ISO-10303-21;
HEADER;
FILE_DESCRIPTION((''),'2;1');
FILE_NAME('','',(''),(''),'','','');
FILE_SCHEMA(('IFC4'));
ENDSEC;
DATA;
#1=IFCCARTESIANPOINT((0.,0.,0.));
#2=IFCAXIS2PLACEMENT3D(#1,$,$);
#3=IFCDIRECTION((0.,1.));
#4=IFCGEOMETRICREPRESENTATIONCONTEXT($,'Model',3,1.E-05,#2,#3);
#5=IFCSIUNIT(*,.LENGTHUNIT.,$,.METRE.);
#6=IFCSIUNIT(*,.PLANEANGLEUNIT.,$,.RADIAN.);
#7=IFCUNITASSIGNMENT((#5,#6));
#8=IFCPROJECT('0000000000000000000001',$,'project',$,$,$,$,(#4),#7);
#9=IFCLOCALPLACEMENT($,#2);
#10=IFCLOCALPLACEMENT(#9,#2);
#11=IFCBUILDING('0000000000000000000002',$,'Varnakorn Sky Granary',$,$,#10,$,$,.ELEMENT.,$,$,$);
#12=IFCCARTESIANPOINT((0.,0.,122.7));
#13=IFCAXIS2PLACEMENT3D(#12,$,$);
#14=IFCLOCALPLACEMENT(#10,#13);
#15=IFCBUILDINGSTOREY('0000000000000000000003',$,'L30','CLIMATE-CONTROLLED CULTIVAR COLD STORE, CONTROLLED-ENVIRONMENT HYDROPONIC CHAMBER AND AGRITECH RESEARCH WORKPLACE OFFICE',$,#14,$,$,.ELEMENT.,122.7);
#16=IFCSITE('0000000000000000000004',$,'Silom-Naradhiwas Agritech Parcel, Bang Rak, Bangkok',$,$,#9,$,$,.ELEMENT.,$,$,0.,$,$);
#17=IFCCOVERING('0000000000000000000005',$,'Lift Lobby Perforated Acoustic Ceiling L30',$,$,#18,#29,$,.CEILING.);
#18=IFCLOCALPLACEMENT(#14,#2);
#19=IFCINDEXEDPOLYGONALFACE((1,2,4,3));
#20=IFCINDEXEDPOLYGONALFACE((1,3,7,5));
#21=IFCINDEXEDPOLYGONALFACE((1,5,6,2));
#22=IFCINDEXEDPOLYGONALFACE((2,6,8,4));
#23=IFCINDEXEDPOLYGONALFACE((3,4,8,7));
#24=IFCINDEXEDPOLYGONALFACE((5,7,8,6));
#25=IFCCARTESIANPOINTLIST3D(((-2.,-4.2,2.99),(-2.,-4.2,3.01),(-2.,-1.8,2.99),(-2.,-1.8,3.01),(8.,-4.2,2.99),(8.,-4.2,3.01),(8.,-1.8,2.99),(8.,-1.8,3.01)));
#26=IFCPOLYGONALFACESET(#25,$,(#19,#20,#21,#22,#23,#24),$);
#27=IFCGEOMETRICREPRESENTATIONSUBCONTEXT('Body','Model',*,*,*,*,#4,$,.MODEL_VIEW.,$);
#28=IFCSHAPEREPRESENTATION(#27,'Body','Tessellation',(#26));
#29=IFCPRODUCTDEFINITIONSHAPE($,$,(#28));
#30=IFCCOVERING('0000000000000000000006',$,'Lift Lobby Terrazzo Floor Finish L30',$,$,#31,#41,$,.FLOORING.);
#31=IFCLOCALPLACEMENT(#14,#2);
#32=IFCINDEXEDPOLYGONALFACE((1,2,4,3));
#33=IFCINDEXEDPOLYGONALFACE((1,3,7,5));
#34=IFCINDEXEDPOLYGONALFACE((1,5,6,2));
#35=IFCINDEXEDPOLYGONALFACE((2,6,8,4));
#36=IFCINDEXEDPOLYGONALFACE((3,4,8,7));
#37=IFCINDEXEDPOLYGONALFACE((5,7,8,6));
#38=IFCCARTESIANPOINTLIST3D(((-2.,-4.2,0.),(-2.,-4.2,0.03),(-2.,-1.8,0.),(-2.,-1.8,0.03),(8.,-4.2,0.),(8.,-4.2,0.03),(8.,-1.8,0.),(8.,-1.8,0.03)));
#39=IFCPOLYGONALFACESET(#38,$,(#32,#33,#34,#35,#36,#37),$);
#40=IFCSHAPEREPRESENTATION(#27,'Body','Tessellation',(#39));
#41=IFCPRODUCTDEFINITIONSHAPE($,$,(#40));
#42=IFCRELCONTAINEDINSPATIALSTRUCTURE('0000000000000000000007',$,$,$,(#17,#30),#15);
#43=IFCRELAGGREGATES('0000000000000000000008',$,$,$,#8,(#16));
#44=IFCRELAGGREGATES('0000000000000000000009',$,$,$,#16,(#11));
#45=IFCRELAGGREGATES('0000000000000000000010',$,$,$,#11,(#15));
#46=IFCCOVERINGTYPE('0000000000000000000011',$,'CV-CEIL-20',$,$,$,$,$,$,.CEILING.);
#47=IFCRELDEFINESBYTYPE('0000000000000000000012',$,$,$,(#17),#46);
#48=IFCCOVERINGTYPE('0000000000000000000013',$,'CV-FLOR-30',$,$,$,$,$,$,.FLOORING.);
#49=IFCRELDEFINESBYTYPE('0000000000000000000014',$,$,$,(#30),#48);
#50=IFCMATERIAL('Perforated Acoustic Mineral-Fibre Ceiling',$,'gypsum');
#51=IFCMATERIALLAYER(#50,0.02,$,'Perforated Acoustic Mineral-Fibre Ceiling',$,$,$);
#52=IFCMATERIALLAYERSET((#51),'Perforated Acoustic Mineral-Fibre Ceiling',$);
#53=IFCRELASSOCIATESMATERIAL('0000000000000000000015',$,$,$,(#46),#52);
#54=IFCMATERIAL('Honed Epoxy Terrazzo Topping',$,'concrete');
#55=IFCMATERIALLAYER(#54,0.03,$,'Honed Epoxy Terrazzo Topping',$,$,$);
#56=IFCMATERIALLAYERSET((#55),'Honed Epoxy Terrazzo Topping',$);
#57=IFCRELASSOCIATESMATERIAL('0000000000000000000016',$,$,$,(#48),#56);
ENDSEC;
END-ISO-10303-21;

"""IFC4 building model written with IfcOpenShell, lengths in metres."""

from ifc_helpers import new_model, si_unit, direction, frame, origin, place, context, subcontext, project, spatial, polyline, outline, extrude, material, layer, layer_set, type_object, element, save


model = new_model("IFC4")

# Units and contexts
model_context = context("Model", 3, precision=1e-05, world=origin(), true_north=direction((0.0, 1.0)))
body_context = subcontext(model_context, "Body", "Model", "MODEL_VIEW")
ifc_project = project(units=[si_unit("LENGTHUNIT", "METRE"), si_unit("PLANEANGLEUNIT", "RADIAN")], contexts=[model_context])

# Site, building, storey
site_placement = place(None, origin())
site = spatial("IfcSite", under=ifc_project, at=site_placement, Name="Silom-Naradhiwas Agritech Parcel, Bang Rak, Bangkok", CompositionType="ELEMENT", RefElevation=0.0)
building_placement = place(site_placement, origin())
building = spatial("IfcBuilding", under=site, at=building_placement, Name="Varnakorn Sky Granary", CompositionType="ELEMENT")
storey_placement = place(building_placement, frame((0.0, 0.0, 122.7)))
storey = spatial("IfcBuildingStorey", under=building, at=storey_placement, Name="L30", Description="CLIMATE-CONTROLLED CULTIVAR COLD STORE, CONTROLLED-ENVIRONMENT HYDROPONIC CHAMBER AND AGRITECH RESEARCH WORKPLACE OFFICE", CompositionType="ELEMENT", Elevation=122.7)

# Coverings
ifc_material_1 = material(Name="Perforated Acoustic Mineral-Fibre Ceiling", Category="gypsum")
ifc_layer_1 = layer(ifc_material_1, 0.02, Name="Perforated Acoustic Mineral-Fibre Ceiling")
ifc_layer_set_1 = layer_set([ifc_layer_1], Name="Perforated Acoustic Mineral-Fibre Ceiling")
covering_type_1 = type_object("IfcCoveringType", Name="CV-CEIL-20", PredefinedType="CEILING", material=ifc_layer_set_1)
covering_1_placement = place(storey_placement, frame((0.0, 0.0, 2.99)))
element("IfcCovering", 1, at=covering_1_placement, inside=storey, type_object=covering_type_1, Name="Lift Lobby Perforated Acoustic Ceiling L30", PredefinedType="CEILING", context=body_context, shape_type="SweptSolid", body=[
    extrude(outline(polyline([(-2.0, -4.2), (8.0, -4.2), (8.0, -1.8), (-2.0, -1.8), (-2.0, -4.2)])), origin(), (0.0, 0.0, 1.0), 0.02),
])
ifc_material_2 = material(Name="Honed Epoxy Terrazzo Topping", Category="concrete")
ifc_layer_2 = layer(ifc_material_2, 0.03, Name="Honed Epoxy Terrazzo Topping")
ifc_layer_set_2 = layer_set([ifc_layer_2], Name="Honed Epoxy Terrazzo Topping")
covering_type_2 = type_object("IfcCoveringType", Name="CV-FLOR-30", PredefinedType="FLOORING", material=ifc_layer_set_2)
covering_2_placement = place(storey_placement, origin())
element("IfcCovering", 2, at=covering_2_placement, inside=storey, type_object=covering_type_2, Name="Lift Lobby Terrazzo Floor Finish L30", PredefinedType="FLOORING", context=body_context, shape_type="SweptSolid", body=[
    extrude(outline(polyline([(-2.0, -4.2), (8.0, -4.2), (8.0, -1.8), (-2.0, -1.8), (-2.0, -4.2)])), origin(), (0.0, 0.0, 1.0), 0.03),
])

save(model, "model.ifc")
